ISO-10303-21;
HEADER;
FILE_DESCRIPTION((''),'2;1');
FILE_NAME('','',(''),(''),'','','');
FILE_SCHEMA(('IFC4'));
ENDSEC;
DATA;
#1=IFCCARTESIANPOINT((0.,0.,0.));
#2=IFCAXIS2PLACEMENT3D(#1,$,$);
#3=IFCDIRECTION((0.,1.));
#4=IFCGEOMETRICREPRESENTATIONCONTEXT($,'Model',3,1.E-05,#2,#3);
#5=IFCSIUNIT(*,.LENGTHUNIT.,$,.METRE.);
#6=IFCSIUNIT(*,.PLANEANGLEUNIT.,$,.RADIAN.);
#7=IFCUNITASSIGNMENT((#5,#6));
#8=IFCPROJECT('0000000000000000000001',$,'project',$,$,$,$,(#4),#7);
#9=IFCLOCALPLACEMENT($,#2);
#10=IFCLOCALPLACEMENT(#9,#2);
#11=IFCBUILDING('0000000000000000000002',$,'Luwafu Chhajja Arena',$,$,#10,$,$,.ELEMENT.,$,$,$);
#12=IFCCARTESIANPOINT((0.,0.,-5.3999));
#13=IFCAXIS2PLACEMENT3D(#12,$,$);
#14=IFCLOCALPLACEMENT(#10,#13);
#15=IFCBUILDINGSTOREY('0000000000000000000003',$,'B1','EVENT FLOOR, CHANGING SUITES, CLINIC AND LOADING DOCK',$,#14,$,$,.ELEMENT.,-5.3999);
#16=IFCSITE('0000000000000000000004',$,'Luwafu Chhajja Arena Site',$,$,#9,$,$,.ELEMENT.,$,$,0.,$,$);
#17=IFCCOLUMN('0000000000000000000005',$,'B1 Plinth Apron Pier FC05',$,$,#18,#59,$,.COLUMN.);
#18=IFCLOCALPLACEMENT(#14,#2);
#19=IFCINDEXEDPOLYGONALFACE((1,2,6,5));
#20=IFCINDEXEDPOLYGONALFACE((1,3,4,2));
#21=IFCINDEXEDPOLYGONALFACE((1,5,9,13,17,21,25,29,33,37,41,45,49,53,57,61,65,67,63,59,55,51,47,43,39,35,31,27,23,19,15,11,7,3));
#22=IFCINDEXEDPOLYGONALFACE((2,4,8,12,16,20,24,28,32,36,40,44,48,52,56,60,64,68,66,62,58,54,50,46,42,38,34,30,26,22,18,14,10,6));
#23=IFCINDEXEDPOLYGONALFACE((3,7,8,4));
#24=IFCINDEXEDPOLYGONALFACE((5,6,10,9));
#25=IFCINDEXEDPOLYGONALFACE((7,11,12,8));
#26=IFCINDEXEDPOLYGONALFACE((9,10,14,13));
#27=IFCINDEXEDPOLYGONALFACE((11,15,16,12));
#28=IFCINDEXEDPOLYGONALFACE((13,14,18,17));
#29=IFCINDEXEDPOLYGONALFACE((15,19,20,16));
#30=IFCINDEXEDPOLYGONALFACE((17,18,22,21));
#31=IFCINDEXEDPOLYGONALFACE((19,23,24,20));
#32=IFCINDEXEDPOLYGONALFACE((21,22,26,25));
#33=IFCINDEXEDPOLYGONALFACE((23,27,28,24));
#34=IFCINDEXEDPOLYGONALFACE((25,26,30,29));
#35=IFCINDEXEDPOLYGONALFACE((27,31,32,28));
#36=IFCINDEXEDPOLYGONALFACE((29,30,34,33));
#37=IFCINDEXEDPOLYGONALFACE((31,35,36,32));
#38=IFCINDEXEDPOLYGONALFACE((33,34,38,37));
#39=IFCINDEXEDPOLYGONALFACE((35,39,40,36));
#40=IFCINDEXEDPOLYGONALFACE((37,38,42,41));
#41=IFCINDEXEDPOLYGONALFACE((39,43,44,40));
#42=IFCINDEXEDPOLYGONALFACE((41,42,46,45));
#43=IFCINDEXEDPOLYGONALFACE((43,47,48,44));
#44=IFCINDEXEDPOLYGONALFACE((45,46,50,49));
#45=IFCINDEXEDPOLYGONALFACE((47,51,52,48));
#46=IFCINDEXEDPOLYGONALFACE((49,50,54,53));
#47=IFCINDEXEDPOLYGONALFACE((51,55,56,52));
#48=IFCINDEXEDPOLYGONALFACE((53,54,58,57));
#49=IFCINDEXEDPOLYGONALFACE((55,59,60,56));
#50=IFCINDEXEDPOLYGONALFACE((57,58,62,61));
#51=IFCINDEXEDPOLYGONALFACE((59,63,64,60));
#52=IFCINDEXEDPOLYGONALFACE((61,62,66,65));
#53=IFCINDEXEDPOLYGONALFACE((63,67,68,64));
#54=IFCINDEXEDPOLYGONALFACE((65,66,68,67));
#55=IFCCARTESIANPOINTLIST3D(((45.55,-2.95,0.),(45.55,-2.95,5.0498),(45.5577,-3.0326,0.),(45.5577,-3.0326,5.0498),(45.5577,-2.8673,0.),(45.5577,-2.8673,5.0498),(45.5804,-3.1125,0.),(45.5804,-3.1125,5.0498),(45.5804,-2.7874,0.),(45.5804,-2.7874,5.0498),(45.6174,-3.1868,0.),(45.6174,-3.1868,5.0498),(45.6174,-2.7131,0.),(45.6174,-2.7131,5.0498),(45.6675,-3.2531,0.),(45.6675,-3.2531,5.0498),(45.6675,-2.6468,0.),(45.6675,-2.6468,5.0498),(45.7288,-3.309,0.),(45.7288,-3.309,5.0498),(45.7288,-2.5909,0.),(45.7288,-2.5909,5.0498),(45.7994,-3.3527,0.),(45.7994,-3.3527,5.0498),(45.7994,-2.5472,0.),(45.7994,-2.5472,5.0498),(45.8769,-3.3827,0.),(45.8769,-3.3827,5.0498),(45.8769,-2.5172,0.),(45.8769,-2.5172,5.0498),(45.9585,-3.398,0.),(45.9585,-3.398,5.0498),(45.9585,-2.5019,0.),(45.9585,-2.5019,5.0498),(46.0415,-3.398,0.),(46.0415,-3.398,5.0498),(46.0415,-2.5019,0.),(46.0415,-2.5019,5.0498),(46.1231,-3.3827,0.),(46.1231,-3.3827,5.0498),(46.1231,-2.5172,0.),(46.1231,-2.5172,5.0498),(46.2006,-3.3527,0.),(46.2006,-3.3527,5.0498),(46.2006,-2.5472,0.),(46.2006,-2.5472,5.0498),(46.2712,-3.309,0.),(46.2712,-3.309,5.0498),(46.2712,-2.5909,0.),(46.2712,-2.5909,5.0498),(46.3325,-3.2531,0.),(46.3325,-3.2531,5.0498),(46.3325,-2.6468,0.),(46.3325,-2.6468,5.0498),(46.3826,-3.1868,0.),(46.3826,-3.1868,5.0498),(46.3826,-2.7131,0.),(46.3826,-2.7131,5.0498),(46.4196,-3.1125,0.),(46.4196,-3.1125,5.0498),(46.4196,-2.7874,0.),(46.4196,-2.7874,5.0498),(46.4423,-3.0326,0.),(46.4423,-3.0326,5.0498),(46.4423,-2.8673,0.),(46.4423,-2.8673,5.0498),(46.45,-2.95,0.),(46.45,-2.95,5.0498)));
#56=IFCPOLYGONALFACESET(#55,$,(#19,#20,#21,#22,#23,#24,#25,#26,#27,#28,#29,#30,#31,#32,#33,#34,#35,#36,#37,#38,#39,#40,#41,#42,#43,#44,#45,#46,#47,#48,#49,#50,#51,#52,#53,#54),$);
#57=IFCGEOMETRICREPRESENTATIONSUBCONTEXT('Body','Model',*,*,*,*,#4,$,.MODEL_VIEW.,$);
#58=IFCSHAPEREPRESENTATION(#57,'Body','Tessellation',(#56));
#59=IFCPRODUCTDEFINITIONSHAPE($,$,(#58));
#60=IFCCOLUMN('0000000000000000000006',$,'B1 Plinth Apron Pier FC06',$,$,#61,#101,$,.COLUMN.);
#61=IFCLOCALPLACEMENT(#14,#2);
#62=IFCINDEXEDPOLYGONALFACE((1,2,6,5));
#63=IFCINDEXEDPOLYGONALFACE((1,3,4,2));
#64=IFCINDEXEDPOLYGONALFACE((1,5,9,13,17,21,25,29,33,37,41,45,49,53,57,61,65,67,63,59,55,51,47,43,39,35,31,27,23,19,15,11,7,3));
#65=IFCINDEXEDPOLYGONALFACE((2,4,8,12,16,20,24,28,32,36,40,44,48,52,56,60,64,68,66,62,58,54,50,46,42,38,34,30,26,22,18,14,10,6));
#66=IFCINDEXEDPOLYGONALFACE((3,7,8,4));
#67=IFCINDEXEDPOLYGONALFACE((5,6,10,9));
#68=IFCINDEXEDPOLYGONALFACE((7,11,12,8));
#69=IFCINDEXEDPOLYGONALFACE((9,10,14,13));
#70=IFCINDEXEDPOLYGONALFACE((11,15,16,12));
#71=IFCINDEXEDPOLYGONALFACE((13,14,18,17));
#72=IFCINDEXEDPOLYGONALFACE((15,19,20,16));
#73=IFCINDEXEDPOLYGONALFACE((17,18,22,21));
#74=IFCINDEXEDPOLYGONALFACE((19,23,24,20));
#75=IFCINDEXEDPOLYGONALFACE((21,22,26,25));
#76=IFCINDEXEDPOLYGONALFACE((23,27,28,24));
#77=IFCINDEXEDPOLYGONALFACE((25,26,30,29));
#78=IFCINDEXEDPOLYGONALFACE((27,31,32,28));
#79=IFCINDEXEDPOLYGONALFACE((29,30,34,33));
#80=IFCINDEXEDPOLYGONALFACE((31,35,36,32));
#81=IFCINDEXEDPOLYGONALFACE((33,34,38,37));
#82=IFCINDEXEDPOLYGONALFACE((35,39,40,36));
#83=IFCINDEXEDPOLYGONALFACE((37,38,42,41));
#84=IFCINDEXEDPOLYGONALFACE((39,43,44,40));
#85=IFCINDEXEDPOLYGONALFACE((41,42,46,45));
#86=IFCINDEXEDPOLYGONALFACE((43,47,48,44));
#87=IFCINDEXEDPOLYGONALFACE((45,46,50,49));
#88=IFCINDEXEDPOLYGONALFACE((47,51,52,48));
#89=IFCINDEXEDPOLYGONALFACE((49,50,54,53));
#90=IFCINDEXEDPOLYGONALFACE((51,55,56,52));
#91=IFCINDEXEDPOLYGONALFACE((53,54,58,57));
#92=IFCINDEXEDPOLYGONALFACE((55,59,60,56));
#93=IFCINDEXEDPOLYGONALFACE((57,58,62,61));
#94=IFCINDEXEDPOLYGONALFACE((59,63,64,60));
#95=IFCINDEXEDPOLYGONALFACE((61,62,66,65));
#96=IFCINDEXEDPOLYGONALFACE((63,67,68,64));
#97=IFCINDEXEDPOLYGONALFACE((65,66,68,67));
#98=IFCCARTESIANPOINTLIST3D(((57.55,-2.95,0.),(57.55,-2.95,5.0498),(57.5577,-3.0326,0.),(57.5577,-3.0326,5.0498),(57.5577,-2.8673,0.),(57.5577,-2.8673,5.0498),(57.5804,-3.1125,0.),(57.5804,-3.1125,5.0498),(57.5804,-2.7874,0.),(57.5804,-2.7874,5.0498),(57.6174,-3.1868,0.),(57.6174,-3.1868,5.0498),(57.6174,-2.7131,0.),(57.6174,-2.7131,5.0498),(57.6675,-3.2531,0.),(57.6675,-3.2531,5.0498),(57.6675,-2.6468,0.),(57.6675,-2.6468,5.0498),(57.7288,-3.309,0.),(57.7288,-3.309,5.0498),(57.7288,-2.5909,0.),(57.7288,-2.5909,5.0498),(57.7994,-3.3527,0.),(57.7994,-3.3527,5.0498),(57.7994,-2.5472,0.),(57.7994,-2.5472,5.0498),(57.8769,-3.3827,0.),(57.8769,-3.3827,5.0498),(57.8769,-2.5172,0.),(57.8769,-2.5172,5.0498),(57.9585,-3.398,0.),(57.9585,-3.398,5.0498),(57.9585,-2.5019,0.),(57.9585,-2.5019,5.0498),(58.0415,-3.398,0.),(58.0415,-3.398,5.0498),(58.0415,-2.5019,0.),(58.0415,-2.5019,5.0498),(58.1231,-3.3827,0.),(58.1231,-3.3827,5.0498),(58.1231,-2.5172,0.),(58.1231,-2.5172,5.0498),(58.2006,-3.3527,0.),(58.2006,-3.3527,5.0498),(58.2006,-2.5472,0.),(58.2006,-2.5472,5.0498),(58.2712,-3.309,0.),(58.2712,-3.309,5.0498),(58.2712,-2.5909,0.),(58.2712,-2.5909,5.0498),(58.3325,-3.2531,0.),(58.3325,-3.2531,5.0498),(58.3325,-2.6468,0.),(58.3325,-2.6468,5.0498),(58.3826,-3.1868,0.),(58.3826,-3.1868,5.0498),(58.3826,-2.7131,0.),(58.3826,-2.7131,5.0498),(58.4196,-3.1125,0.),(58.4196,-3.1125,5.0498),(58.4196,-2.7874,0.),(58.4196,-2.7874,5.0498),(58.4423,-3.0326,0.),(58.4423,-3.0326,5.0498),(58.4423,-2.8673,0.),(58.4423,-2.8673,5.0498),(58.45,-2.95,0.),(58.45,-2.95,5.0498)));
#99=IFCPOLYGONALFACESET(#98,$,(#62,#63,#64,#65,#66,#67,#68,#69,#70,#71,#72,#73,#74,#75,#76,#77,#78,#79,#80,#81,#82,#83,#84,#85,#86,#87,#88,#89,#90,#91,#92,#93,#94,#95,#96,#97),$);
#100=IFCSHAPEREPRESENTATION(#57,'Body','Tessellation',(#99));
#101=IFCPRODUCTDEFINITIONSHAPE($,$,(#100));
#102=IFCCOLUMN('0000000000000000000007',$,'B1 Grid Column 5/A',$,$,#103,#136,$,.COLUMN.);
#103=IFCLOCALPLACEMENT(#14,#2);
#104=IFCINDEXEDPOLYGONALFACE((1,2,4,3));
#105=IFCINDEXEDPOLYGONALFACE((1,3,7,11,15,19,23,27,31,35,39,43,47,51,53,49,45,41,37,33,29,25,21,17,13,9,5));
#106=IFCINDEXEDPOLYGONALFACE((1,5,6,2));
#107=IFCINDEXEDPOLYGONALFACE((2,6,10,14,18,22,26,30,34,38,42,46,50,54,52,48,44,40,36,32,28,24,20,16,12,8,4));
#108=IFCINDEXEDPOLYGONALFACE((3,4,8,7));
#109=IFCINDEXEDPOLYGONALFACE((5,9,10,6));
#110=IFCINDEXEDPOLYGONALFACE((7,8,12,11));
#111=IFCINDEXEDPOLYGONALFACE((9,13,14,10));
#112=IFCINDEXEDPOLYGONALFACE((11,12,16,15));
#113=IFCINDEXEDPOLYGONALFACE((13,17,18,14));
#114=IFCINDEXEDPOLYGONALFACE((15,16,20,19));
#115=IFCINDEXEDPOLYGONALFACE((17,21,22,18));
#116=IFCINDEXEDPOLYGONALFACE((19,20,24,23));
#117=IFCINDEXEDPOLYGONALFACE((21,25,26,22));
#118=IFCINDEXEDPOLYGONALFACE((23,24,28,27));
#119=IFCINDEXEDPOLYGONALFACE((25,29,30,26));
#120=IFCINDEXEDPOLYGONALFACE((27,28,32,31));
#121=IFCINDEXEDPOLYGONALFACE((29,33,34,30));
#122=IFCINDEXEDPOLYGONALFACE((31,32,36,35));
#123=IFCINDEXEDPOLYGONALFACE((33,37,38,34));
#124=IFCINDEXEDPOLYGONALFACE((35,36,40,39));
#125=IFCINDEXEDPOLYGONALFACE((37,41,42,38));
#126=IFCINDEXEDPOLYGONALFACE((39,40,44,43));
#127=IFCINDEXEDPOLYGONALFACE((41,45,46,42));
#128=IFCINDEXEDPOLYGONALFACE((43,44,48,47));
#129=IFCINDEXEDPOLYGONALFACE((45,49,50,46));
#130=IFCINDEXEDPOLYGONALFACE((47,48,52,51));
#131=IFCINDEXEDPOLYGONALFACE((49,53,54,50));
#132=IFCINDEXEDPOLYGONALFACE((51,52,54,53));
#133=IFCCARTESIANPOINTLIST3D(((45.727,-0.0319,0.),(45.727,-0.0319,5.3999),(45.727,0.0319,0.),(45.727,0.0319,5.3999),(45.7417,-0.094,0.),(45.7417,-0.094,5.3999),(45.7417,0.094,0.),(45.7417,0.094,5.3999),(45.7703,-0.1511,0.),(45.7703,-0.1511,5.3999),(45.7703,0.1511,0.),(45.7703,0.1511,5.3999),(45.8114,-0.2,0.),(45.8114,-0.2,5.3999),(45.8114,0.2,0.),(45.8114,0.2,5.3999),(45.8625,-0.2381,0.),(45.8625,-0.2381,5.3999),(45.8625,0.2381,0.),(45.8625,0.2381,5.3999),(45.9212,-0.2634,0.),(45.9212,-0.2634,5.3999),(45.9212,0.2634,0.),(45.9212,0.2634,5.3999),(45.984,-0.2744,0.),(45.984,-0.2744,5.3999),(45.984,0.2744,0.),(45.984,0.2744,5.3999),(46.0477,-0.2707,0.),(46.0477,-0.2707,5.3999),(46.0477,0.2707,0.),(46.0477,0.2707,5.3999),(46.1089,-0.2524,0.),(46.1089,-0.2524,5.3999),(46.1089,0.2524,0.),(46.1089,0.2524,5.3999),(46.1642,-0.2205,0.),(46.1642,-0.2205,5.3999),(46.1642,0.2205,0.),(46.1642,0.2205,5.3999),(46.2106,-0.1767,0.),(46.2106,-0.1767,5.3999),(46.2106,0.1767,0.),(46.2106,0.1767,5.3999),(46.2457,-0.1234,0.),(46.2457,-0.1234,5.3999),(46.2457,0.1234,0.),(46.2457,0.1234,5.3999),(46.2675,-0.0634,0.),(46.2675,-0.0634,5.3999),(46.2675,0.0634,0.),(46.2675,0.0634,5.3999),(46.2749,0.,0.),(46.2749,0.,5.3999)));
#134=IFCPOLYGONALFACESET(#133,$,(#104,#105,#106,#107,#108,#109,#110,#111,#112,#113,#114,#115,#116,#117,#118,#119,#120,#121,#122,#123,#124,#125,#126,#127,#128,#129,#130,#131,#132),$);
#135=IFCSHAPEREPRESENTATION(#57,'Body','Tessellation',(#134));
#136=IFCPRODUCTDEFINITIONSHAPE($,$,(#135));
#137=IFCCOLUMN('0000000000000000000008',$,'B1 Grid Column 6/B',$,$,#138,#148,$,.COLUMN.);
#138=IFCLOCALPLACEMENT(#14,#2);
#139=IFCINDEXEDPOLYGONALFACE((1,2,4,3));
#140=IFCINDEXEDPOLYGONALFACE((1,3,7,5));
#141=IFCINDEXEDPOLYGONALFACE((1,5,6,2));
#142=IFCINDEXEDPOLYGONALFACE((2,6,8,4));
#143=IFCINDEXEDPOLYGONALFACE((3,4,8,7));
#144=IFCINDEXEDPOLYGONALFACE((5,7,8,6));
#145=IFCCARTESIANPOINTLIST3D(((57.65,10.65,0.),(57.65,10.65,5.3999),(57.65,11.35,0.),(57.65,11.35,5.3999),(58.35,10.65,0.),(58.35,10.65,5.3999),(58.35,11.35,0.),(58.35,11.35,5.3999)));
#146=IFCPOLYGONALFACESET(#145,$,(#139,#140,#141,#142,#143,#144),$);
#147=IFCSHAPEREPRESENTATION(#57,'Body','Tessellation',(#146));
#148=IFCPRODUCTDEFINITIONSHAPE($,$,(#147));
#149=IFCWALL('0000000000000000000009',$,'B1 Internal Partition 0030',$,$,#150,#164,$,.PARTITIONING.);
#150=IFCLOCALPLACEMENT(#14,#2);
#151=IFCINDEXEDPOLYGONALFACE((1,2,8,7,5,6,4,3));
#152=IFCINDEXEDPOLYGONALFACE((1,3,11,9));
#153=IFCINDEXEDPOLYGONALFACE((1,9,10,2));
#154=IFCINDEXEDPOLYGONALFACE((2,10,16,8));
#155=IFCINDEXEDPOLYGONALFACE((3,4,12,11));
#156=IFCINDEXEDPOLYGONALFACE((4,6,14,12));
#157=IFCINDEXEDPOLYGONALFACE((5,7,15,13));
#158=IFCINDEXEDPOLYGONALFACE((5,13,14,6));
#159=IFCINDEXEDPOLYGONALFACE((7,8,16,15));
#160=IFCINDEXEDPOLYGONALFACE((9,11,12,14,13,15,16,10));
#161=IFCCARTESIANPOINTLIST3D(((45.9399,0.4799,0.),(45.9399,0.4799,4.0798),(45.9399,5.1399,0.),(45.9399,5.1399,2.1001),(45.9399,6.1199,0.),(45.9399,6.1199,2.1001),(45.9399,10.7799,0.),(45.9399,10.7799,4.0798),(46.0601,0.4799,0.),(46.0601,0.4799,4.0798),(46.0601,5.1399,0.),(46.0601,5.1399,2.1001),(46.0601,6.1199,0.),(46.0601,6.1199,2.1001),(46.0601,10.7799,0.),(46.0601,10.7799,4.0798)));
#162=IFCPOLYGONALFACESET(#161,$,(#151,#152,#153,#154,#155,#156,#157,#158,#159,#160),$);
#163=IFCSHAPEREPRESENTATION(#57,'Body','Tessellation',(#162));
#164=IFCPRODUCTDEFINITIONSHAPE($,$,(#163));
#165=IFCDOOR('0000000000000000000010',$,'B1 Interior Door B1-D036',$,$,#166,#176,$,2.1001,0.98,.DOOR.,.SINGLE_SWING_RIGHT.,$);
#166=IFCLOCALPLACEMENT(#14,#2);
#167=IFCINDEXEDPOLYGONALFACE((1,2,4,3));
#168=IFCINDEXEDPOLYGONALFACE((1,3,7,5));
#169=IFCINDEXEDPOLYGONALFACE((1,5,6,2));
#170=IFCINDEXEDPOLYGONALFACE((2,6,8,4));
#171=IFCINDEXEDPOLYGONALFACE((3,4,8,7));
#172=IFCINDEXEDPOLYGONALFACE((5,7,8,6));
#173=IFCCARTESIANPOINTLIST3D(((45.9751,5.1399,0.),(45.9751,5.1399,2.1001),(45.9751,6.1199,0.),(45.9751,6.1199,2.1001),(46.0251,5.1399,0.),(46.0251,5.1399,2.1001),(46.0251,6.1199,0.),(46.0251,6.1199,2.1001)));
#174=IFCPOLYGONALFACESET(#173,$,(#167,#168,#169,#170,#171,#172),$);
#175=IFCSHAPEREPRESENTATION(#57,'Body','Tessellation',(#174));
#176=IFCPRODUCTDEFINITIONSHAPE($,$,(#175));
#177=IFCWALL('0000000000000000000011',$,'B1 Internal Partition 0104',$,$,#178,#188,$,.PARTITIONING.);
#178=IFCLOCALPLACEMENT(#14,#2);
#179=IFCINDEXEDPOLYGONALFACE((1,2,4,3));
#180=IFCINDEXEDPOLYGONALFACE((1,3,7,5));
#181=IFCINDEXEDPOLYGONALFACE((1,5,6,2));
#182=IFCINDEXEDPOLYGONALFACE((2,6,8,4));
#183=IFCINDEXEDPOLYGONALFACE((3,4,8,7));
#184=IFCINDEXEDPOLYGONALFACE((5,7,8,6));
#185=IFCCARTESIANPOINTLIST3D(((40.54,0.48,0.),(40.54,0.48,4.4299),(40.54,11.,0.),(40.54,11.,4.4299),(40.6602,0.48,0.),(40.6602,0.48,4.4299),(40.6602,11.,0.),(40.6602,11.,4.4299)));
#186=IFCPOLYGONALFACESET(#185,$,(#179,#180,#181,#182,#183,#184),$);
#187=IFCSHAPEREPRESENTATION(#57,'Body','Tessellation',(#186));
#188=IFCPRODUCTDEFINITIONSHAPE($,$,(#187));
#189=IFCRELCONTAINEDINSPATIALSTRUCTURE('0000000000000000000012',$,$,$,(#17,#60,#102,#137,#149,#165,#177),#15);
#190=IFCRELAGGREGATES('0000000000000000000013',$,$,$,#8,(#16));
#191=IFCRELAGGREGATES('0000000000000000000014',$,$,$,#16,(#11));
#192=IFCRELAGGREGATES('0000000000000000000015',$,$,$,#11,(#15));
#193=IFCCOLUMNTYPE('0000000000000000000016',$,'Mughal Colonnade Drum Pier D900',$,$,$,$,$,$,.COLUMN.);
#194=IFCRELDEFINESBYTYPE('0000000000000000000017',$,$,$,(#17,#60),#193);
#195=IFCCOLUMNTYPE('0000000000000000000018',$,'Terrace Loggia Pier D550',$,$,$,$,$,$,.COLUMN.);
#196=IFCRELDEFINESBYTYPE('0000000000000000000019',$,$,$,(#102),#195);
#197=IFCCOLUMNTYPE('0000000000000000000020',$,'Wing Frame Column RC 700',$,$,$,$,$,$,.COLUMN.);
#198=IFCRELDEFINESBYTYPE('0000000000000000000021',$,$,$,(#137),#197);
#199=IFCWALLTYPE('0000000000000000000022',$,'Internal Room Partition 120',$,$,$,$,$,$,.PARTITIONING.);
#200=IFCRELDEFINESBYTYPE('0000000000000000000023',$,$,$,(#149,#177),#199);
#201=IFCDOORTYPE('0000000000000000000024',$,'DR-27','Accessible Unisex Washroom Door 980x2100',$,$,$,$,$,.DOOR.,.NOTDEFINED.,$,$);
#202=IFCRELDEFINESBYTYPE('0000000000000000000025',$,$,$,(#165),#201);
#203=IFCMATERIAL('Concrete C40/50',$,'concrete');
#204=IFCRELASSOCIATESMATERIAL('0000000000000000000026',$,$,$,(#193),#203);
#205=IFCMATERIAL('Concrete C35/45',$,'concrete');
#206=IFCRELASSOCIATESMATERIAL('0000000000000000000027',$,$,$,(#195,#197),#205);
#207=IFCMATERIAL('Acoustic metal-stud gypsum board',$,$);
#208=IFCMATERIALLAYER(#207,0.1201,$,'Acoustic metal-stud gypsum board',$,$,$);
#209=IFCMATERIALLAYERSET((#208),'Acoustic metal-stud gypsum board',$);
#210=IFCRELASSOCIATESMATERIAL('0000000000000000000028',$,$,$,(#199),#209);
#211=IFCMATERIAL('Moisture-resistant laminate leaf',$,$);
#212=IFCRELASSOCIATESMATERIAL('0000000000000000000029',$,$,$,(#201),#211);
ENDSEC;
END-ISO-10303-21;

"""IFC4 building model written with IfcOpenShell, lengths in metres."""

from ifc_helpers import new_model, si_unit, direction, frame, frame_2d, origin, origin_2d, place, context, subcontext, project, spatial, rectangle, circle, extrude, material, layer, layer_set, material_profile, profile_set, type_object, element, fill, save


model = new_model("IFC4")

# Units and contexts
model_context = context("Model", 3, precision=1e-05, world=origin(), true_north=direction((0.0, 1.0)))
body_context = subcontext(model_context, "Body", "Model", "MODEL_VIEW")
ifc_project = project(units=[si_unit("LENGTHUNIT", "METRE"), si_unit("PLANEANGLEUNIT", "RADIAN")], contexts=[model_context])

# Site, building, storey
site_placement = place(None, origin())
site = spatial("IfcSite", under=ifc_project, at=site_placement, Name="Luwafu Chhajja Arena Site", CompositionType="ELEMENT", RefElevation=0.0)
building_placement = place(site_placement, origin())
building = spatial("IfcBuilding", under=site, at=building_placement, Name="Luwafu Chhajja Arena", CompositionType="ELEMENT")
storey_placement = place(building_placement, frame((0.0, 0.0, -5.3999)))
storey = spatial("IfcBuildingStorey", under=building, at=storey_placement, Name="B1", Description="EVENT FLOOR, CHANGING SUITES, CLINIC AND LOADING DOCK", CompositionType="ELEMENT", Elevation=-5.3999)

# Shared definitions
ifc_material_1 = material(Name="Concrete C35/45", Category="concrete")

# Columns
ifc_material_2 = material(Name="Concrete C40/50", Category="concrete")
ifc_material_profile_1 = material_profile(ifc_material_2, circle(Radius=0.45, at=origin_2d()), Name="RC COL D900")
ifc_profile_set_1 = profile_set([ifc_material_profile_1], Name="Concrete C40/50")
column_type_1 = type_object("IfcColumnType", Name="Mughal Colonnade Drum Pier D900", PredefinedType="COLUMN", material=ifc_profile_set_1)
for number, where, z_axis, x_axis, name in (
    (1, (46.0, -2.95, 0.0), (0.0, 0.0, 1.0), (1.0, 0.0, 0.0), "B1 Plinth Apron Pier FC05"),
    (2, (58.0, -2.95, 0.0), (0.0, 0.0, 1.0), (1.0, 0.0, 0.0), "B1 Plinth Apron Pier FC06"),
):
    element("IfcColumn", number, at=place(storey_placement, frame(where, z_axis=z_axis, x_axis=x_axis)), inside=storey, type_object=column_type_1, Name=name, PredefinedType="COLUMN", context=body_context, shape_type="SweptSolid", body=[
        extrude(circle(Radius=0.45, at=origin_2d()), origin(), (0.0, 0.0, 1.0), 5.0498),
    ])
ifc_material_profile_2 = material_profile(ifc_material_1, circle(Radius=0.2749, at=origin_2d()), Name="RC COL D550")
ifc_profile_set_2 = profile_set([ifc_material_profile_2], Name="Concrete C35/45")
column_type_2 = type_object("IfcColumnType", Name="Terrace Loggia Pier D550", PredefinedType="COLUMN", material=ifc_profile_set_2)
column_1_placement = place(storey_placement, frame((46.0, 0.0, 0.0), z_axis=(0.0, 0.0, 1.0), x_axis=(1.0, 0.0, 0.0)))
element("IfcColumn", 3, at=column_1_placement, inside=storey, type_object=column_type_2, Name="B1 Grid Column 5/A", PredefinedType="COLUMN", context=body_context, shape_type="SweptSolid", body=[
    extrude(circle(Radius=0.2749, at=origin_2d()), origin(), (0.0, 0.0, 1.0), 5.3999),
])
ifc_material_profile_3 = material_profile(ifc_material_1, rectangle(XDim=0.7, YDim=0.7, at=origin_2d()), Name="RC 700x700")
ifc_profile_set_3 = profile_set([ifc_material_profile_3], Name="Concrete C35/45")
column_type_3 = type_object("IfcColumnType", Name="Wing Frame Column RC 700", PredefinedType="COLUMN", material=ifc_profile_set_3)
column_2_placement = place(storey_placement, frame((58.0, 11.0, 0.0), z_axis=(0.0, 0.0, 1.0), x_axis=(1.0, 0.0, 0.0)))
element("IfcColumn", 4, at=column_2_placement, inside=storey, type_object=column_type_3, Name="B1 Grid Column 6/B", PredefinedType="COLUMN", context=body_context, shape_type="SweptSolid", body=[
    extrude(rectangle(XDim=0.7, YDim=0.7, at=origin_2d()), origin(), (0.0, 0.0, 1.0), 5.3999),
])

# Wall, opening, door
ifc_material_3 = material(Name="Acoustic metal-stud gypsum board")
ifc_layer_1 = layer(ifc_material_3, 0.1201, Name="Acoustic metal-stud gypsum board")
ifc_layer_set_1 = layer_set([ifc_layer_1], Name="Acoustic metal-stud gypsum board")
wall_type_1 = type_object("IfcWallType", Name="Internal Room Partition 120", PredefinedType="PARTITIONING", material=ifc_layer_set_1)
wall_1_placement = place(storey_placement, frame((46.0, 0.48, 0.0), z_axis=(0.0, 0.0, 1.0), x_axis=(0.0, 1.0, 0.0)))
wall_1 = element("IfcWall", 5, at=wall_1_placement, inside=storey, type_object=wall_type_1, Name="B1 Internal Partition 0030", PredefinedType="PARTITIONING", context=body_context, shape_type="SweptSolid", body=[
    extrude(rectangle(XDim=10.3, YDim=0.1201, at=frame_2d((5.1499, 0.0))), origin(), (0.0, 0.0, 1.0), 4.0798),
])
opening_placement = place(wall_1_placement, frame((4.6599, 0.0, 0.0)))
opening = element("IfcOpeningElement", 6, at=opening_placement, cuts=wall_1, PredefinedType="OPENING", context=body_context, shape_type="SweptSolid", body=[
    extrude(rectangle(XDim=0.98, YDim=2.1001, at=frame_2d((0.49, 1.05))), frame((0.0, 0.0701, 0.0), z_axis=(0.0, -1.0, 0.0), x_axis=(1.0, 0.0, 0.0)), (0.0, 0.0, 1.0), 0.1401),
])
ifc_material_4 = material(Name="Moisture-resistant laminate leaf")
door_type = type_object("IfcDoorType", Name="DR-27", Description="Accessible Unisex Washroom Door 980x2100", OperationType="NOTDEFINED", PredefinedType="DOOR", material=ifc_material_4)
door_placement = place(opening_placement, origin())
door = element("IfcDoor", 7, at=door_placement, inside=storey, type_object=door_type, Name="B1 Interior Door B1-D036", OperationType="SINGLE_SWING_RIGHT", OverallHeight=2.1001, OverallWidth=0.98, PredefinedType="DOOR", context=body_context, shape_type="SweptSolid", body=[
    extrude(rectangle(XDim=0.98, YDim=2.1001, at=frame_2d((0.49, 1.05))), frame((0.0, 0.0249, 0.0), z_axis=(0.0, -1.0, 0.0), x_axis=(1.0, 0.0, 0.0)), (0.0, 0.0, 1.0), 0.05),
])
fill(opening, door)

# Wall
wall_2_placement = place(storey_placement, frame((40.6001, 0.48, 0.0), z_axis=(0.0, 0.0, 1.0), x_axis=(0.0, 1.0, 0.0)))
element("IfcWall", 8, at=wall_2_placement, inside=storey, type_object=wall_type_1, Name="B1 Internal Partition 0104", PredefinedType="PARTITIONING", context=body_context, shape_type="SweptSolid", body=[
    extrude(rectangle(XDim=10.52, YDim=0.1201, at=frame_2d((5.26, 0.0))), origin(), (0.0, 0.0, 1.0), 4.4299),
])

save(model, "model.ifc")
